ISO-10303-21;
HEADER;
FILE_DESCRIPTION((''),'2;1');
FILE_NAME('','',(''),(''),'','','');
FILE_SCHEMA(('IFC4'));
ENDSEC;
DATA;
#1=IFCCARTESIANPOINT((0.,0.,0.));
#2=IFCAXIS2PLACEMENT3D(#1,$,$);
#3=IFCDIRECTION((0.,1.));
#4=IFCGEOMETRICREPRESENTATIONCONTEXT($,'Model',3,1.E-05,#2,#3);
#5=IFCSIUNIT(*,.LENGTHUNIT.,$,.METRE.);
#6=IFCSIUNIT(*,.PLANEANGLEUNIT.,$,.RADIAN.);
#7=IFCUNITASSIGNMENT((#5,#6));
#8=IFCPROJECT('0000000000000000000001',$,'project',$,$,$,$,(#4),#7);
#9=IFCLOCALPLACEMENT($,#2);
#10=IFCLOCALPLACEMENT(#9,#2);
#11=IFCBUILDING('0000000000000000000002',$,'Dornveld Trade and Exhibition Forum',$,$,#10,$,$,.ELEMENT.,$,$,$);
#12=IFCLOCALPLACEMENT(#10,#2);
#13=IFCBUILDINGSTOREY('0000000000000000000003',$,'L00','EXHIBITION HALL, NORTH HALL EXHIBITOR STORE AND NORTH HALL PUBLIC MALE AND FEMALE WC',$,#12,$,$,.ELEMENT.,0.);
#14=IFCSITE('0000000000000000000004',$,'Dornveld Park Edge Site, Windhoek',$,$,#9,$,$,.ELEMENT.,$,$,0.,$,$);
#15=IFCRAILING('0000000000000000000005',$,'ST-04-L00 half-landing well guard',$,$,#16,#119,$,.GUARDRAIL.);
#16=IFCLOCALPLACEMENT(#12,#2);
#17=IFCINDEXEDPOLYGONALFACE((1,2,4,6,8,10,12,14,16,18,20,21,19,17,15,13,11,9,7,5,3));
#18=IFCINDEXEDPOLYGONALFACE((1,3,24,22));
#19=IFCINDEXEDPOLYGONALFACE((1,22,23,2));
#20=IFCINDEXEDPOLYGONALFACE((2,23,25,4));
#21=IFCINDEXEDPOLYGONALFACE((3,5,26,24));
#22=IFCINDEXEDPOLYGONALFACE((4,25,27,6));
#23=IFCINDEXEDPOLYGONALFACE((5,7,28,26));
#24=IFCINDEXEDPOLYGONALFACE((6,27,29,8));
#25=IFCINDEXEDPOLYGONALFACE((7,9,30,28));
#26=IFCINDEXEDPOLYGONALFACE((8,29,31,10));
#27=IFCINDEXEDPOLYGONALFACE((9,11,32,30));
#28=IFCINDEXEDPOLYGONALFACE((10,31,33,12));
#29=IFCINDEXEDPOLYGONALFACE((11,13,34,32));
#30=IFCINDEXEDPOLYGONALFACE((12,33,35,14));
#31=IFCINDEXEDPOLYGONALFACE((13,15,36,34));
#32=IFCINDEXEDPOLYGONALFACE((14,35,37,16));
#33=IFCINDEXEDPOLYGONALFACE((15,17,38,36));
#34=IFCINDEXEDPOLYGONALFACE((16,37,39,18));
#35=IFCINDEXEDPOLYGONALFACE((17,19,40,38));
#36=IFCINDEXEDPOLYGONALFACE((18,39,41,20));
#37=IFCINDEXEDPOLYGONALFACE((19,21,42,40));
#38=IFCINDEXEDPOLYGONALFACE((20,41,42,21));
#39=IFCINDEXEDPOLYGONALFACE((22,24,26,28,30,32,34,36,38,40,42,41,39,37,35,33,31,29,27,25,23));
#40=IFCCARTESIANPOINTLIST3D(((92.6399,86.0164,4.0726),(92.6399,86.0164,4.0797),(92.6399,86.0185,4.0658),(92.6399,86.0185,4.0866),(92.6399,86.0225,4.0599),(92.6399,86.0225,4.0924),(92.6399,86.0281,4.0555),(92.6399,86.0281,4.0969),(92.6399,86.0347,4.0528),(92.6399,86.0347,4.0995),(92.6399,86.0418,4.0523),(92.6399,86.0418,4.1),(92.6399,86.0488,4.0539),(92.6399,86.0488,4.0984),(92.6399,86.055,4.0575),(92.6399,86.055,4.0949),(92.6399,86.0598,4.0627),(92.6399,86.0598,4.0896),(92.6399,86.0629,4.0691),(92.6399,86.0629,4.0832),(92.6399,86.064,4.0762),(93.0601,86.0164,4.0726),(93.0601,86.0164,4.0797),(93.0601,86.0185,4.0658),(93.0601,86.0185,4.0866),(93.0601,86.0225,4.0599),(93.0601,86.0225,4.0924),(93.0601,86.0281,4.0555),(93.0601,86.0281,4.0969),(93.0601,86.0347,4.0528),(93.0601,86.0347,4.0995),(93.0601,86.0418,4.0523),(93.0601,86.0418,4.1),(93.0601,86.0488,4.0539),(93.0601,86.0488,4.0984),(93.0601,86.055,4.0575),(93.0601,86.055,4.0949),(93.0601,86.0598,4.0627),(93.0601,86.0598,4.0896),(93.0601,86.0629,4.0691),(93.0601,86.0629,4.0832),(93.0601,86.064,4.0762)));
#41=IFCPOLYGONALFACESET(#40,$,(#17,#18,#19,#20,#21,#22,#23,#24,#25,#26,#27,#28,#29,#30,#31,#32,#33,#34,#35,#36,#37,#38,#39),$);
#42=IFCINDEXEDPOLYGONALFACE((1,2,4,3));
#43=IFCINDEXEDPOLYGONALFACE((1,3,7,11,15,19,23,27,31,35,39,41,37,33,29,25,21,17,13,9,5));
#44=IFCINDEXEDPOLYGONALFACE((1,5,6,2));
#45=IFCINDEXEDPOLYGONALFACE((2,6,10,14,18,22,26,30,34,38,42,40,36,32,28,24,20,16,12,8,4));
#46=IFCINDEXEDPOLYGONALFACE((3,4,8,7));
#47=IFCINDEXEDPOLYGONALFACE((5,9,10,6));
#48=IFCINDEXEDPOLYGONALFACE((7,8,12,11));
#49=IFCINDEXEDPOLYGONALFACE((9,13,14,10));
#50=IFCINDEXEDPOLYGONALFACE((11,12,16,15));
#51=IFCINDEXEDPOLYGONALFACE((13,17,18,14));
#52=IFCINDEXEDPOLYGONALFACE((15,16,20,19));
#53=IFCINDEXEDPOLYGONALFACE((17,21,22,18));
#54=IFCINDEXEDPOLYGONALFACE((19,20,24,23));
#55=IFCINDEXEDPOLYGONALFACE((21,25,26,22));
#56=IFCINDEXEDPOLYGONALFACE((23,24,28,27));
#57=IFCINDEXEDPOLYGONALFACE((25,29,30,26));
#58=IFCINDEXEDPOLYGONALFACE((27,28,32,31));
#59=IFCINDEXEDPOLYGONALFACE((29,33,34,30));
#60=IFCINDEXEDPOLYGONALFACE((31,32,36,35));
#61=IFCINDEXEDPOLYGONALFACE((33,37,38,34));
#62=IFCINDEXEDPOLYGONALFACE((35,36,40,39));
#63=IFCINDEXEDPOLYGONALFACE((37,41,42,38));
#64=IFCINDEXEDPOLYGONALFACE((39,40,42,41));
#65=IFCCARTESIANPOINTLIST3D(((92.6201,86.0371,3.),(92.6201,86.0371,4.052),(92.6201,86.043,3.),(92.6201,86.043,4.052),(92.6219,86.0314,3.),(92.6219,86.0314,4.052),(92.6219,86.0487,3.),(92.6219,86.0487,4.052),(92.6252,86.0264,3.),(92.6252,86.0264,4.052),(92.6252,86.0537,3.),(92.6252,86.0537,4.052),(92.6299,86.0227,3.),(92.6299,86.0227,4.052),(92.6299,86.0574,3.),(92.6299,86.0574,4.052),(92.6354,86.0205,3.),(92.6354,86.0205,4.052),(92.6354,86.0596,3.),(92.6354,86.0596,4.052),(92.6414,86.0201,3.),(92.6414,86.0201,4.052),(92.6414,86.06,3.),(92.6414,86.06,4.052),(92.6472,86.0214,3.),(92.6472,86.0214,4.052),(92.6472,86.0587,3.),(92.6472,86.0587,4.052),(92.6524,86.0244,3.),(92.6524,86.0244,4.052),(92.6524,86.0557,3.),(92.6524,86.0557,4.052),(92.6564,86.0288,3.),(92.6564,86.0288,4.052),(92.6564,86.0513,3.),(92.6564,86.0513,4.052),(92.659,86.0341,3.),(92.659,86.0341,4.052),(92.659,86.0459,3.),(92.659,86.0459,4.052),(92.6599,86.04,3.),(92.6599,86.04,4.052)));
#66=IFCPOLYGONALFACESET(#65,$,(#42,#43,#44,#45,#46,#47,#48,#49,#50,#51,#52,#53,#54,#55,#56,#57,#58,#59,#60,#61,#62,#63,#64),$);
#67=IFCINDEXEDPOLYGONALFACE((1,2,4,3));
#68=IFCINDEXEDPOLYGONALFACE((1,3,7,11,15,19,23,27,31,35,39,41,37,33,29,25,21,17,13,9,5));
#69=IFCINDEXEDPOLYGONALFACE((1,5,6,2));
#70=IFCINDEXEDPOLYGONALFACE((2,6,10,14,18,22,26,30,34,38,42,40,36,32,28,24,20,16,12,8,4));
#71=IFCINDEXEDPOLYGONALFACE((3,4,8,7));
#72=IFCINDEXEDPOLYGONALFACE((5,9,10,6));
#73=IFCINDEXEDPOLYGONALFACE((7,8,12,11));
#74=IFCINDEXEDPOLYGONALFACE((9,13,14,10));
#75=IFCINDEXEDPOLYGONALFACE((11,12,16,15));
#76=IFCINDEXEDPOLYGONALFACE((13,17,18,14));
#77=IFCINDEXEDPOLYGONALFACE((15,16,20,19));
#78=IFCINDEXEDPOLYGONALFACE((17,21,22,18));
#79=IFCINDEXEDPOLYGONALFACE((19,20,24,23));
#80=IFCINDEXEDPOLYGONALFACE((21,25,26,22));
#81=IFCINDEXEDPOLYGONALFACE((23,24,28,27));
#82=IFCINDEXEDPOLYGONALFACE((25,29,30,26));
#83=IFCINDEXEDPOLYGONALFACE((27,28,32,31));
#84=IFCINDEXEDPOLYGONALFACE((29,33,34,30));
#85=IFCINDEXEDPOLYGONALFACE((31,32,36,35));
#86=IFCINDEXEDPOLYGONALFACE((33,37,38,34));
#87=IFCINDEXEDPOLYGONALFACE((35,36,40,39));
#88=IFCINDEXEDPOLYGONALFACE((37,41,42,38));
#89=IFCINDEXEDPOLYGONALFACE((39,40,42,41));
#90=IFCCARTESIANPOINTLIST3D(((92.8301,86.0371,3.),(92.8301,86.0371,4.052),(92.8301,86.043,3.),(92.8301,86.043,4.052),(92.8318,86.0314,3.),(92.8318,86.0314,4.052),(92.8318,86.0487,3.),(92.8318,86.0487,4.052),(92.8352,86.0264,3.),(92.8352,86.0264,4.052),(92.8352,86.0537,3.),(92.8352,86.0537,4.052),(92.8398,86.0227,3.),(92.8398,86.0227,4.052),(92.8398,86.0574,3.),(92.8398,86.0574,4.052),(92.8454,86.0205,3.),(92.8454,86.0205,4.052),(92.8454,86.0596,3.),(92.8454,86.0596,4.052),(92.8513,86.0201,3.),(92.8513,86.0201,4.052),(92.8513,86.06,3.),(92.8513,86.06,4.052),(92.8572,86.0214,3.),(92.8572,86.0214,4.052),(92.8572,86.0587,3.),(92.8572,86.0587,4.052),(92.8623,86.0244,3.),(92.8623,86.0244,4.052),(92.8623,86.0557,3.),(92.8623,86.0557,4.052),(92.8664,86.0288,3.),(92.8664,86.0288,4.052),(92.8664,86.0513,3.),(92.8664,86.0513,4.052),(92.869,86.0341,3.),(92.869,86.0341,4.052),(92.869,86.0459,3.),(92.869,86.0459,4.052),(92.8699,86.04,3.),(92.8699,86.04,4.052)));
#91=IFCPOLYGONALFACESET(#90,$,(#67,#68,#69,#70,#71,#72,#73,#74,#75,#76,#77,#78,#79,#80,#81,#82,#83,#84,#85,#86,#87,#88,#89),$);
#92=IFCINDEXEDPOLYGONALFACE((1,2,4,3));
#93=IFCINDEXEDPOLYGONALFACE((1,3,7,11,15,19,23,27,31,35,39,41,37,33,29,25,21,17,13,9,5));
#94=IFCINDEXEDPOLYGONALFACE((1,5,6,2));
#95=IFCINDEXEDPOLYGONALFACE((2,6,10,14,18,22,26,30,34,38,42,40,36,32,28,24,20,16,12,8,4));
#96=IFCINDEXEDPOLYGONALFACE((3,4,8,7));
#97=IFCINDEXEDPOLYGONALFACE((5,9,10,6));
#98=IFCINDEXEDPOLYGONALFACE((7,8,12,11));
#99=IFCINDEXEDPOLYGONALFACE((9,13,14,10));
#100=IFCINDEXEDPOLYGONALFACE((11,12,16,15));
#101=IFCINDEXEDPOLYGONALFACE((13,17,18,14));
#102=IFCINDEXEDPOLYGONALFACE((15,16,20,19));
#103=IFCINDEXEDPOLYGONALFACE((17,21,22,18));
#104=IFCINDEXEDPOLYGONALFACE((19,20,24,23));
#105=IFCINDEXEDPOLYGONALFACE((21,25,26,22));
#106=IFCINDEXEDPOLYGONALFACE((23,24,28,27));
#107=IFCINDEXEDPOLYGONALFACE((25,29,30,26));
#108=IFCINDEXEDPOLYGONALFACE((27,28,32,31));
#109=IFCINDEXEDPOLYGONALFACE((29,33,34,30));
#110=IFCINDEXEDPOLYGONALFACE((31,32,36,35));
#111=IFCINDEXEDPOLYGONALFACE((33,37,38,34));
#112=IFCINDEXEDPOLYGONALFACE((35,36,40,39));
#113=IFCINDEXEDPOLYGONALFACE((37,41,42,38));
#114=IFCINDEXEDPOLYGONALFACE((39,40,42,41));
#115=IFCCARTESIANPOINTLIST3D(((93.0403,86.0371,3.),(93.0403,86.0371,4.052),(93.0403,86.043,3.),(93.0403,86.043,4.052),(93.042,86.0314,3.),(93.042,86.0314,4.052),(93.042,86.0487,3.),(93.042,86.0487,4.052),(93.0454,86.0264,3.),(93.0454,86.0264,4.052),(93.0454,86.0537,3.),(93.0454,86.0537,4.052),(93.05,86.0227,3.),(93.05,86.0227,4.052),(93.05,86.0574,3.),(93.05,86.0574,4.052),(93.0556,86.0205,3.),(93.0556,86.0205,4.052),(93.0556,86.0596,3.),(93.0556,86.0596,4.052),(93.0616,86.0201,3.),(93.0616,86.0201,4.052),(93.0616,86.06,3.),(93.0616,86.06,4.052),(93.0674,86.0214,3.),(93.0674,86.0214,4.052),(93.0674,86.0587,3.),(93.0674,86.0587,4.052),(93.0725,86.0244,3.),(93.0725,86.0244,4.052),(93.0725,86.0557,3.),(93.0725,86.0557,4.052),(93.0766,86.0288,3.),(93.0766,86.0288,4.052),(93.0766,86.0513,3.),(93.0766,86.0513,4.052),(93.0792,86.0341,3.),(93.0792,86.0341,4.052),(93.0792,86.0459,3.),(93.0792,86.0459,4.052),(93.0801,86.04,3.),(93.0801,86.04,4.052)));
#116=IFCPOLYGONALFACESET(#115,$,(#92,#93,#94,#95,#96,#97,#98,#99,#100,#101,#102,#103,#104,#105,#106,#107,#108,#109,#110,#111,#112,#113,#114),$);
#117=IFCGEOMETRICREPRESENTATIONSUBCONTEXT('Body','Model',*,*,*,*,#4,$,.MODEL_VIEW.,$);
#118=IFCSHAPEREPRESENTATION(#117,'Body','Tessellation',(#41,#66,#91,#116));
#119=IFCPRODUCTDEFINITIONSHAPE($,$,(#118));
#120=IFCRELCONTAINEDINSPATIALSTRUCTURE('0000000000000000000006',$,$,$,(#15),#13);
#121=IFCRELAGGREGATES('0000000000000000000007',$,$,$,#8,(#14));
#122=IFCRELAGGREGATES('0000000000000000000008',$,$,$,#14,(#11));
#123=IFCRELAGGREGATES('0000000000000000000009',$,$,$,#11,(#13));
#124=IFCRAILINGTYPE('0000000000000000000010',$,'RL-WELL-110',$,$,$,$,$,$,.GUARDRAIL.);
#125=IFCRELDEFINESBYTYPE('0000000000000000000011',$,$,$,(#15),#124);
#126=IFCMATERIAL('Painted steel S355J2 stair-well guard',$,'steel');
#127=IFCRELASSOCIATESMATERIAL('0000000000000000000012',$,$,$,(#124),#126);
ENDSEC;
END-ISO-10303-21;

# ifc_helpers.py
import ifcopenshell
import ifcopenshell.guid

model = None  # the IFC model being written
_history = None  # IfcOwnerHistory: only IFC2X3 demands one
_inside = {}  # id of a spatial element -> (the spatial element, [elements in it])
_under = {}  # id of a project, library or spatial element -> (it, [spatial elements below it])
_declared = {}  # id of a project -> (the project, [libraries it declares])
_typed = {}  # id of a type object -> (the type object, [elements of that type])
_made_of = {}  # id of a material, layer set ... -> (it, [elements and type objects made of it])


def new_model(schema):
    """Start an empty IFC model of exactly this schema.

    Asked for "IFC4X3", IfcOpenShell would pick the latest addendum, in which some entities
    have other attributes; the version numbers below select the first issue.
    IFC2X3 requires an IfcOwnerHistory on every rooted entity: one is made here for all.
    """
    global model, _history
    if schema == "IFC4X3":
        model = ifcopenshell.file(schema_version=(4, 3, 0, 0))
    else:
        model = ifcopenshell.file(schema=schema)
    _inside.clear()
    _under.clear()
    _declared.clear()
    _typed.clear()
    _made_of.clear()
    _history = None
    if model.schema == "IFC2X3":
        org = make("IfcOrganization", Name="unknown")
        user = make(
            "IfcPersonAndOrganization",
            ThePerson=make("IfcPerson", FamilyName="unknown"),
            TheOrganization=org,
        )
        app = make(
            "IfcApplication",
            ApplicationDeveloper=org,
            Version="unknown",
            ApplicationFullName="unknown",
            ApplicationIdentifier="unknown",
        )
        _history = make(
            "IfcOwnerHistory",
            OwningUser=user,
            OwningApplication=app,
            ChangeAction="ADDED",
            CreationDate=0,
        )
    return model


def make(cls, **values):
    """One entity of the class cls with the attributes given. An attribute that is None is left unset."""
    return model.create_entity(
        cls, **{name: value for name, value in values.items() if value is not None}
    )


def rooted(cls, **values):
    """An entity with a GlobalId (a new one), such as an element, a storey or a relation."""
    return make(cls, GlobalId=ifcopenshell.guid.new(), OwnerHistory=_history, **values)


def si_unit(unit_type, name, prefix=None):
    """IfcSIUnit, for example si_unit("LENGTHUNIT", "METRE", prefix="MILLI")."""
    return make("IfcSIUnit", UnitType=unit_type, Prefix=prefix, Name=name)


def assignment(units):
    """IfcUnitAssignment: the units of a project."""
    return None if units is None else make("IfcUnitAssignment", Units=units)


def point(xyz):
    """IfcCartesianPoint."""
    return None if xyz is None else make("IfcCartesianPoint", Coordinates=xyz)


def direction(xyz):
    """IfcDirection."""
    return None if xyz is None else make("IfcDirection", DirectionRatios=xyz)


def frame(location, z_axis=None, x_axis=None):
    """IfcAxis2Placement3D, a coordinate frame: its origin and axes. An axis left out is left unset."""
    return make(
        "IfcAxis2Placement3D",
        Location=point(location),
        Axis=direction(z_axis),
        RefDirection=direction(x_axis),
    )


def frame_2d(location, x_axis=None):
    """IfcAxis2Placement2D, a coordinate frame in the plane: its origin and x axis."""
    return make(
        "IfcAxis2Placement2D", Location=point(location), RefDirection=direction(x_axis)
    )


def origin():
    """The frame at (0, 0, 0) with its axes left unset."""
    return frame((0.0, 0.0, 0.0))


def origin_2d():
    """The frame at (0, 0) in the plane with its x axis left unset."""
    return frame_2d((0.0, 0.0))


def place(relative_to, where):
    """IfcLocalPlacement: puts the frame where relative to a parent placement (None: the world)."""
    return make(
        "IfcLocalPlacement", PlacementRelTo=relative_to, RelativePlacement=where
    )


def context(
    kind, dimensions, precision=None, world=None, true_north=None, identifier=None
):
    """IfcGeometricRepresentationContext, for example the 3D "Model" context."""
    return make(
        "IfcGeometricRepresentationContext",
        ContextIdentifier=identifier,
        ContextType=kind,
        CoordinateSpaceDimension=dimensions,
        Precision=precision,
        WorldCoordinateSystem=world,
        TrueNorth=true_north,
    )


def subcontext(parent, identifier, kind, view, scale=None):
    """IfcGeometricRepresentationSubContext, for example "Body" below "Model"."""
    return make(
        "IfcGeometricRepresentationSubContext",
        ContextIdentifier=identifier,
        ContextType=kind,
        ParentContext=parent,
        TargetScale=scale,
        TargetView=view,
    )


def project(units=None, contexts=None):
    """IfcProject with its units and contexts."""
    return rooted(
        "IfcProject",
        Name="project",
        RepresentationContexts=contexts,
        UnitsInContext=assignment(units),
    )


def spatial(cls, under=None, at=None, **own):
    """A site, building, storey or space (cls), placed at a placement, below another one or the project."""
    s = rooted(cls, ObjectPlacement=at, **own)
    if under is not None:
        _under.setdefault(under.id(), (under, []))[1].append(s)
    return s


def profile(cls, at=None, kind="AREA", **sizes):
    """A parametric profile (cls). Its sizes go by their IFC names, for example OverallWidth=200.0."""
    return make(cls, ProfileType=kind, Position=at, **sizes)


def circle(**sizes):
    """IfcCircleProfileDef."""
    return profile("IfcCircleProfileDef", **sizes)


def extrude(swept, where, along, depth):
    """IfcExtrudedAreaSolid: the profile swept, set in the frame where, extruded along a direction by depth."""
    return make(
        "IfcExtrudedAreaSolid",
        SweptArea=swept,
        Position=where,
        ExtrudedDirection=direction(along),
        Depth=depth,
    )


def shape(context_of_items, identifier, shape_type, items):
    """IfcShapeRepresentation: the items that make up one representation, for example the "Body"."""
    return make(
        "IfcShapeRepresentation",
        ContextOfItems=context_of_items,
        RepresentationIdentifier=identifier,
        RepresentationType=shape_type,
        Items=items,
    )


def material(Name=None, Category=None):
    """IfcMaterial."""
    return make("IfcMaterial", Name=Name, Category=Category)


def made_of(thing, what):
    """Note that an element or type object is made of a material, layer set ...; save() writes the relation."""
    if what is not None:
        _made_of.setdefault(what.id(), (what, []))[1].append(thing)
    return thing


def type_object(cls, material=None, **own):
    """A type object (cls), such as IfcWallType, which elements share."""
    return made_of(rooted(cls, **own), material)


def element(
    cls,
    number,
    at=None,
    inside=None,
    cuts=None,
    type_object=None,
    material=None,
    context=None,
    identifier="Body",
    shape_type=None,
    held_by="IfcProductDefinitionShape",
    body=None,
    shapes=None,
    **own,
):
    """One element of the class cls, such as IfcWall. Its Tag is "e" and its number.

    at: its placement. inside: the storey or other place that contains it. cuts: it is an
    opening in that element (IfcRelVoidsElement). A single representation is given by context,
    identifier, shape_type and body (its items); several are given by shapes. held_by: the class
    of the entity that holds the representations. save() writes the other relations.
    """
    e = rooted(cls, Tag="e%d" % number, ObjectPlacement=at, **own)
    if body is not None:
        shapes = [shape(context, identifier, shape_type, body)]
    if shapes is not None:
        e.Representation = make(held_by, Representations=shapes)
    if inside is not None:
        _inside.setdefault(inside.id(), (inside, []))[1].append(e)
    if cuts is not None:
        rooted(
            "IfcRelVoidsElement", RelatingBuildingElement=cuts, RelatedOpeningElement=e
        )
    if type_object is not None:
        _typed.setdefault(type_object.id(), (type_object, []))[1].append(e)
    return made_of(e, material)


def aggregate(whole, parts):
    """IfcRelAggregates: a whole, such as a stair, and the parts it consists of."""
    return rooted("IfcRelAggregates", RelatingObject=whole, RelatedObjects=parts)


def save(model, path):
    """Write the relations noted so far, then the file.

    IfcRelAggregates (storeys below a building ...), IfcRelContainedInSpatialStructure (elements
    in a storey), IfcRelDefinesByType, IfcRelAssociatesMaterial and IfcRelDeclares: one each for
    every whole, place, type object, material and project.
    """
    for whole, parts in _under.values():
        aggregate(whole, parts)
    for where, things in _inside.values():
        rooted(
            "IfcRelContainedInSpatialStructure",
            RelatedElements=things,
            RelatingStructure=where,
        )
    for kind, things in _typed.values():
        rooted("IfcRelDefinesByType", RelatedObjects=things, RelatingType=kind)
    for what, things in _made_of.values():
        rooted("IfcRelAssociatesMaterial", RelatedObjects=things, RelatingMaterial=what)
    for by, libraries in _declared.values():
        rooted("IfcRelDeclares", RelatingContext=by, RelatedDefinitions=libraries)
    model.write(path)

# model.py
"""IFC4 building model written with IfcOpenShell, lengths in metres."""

from ifc_helpers import new_model, si_unit, direction, frame, origin, origin_2d, place, context, subcontext, project, spatial, circle, extrude, material, type_object, element, save


model = new_model("IFC4")

# Units and contexts
model_context = context("Model", 3, precision=1e-05, world=origin(), true_north=direction((0.0, 1.0)))
body_context = subcontext(model_context, "Body", "Model", "MODEL_VIEW")
ifc_project = project(units=[si_unit("LENGTHUNIT", "METRE"), si_unit("PLANEANGLEUNIT", "RADIAN")], contexts=[model_context])

# Site, building, storey
site_placement = place(None, origin())
site = spatial("IfcSite", under=ifc_project, at=site_placement, Name="Dornveld Park Edge Site, Windhoek", CompositionType="ELEMENT", RefElevation=0.0)
building_placement = place(site_placement, origin())
building = spatial("IfcBuilding", under=site, at=building_placement, Name="Dornveld Trade and Exhibition Forum", CompositionType="ELEMENT")
storey_placement = place(building_placement, origin())
storey = spatial("IfcBuildingStorey", under=building, at=storey_placement, Name="L00", Description="EXHIBITION HALL, NORTH HALL EXHIBITOR STORE AND NORTH HALL PUBLIC MALE AND FEMALE WC", CompositionType="ELEMENT", Elevation=0.0)

# Railing
ifc_material_1 = material(Name="Painted steel S355J2 stair-well guard", Category="steel")
railing_type_1 = type_object("IfcRailingType", Name="RL-WELL-110", PredefinedType="GUARDRAIL", material=ifc_material_1)
railing_1_placement = place(storey_placement, frame((92.6399, 86.04, 3.0)))
element("IfcRailing", 1, at=railing_1_placement, inside=storey, type_object=railing_type_1, Name="ST-04-L00 half-landing well guard", PredefinedType="GUARDRAIL", context=body_context, shape_type="SweptSolid", body=[
    extrude(circle(Radius=0.0239, at=origin_2d()), frame((0.0, 0.0, 1.0762), z_axis=(1.0, 0.0, 0.0), x_axis=(0.0, 1.0, 0.0)), (0.0, 0.0, 1.0), 0.4202),
    extrude(circle(Radius=0.02, at=origin_2d()), origin(), (0.0, 0.0, 1.0), 1.052),
    extrude(circle(Radius=0.02, at=origin_2d()), frame((0.21, 0.0, 0.0)), (0.0, 0.0, 1.0), 1.052),
    extrude(circle(Radius=0.02, at=origin_2d()), frame((0.4202, 0.0, 0.0)), (0.0, 0.0, 1.0), 1.052),
])

save(model, "model.ifc")
